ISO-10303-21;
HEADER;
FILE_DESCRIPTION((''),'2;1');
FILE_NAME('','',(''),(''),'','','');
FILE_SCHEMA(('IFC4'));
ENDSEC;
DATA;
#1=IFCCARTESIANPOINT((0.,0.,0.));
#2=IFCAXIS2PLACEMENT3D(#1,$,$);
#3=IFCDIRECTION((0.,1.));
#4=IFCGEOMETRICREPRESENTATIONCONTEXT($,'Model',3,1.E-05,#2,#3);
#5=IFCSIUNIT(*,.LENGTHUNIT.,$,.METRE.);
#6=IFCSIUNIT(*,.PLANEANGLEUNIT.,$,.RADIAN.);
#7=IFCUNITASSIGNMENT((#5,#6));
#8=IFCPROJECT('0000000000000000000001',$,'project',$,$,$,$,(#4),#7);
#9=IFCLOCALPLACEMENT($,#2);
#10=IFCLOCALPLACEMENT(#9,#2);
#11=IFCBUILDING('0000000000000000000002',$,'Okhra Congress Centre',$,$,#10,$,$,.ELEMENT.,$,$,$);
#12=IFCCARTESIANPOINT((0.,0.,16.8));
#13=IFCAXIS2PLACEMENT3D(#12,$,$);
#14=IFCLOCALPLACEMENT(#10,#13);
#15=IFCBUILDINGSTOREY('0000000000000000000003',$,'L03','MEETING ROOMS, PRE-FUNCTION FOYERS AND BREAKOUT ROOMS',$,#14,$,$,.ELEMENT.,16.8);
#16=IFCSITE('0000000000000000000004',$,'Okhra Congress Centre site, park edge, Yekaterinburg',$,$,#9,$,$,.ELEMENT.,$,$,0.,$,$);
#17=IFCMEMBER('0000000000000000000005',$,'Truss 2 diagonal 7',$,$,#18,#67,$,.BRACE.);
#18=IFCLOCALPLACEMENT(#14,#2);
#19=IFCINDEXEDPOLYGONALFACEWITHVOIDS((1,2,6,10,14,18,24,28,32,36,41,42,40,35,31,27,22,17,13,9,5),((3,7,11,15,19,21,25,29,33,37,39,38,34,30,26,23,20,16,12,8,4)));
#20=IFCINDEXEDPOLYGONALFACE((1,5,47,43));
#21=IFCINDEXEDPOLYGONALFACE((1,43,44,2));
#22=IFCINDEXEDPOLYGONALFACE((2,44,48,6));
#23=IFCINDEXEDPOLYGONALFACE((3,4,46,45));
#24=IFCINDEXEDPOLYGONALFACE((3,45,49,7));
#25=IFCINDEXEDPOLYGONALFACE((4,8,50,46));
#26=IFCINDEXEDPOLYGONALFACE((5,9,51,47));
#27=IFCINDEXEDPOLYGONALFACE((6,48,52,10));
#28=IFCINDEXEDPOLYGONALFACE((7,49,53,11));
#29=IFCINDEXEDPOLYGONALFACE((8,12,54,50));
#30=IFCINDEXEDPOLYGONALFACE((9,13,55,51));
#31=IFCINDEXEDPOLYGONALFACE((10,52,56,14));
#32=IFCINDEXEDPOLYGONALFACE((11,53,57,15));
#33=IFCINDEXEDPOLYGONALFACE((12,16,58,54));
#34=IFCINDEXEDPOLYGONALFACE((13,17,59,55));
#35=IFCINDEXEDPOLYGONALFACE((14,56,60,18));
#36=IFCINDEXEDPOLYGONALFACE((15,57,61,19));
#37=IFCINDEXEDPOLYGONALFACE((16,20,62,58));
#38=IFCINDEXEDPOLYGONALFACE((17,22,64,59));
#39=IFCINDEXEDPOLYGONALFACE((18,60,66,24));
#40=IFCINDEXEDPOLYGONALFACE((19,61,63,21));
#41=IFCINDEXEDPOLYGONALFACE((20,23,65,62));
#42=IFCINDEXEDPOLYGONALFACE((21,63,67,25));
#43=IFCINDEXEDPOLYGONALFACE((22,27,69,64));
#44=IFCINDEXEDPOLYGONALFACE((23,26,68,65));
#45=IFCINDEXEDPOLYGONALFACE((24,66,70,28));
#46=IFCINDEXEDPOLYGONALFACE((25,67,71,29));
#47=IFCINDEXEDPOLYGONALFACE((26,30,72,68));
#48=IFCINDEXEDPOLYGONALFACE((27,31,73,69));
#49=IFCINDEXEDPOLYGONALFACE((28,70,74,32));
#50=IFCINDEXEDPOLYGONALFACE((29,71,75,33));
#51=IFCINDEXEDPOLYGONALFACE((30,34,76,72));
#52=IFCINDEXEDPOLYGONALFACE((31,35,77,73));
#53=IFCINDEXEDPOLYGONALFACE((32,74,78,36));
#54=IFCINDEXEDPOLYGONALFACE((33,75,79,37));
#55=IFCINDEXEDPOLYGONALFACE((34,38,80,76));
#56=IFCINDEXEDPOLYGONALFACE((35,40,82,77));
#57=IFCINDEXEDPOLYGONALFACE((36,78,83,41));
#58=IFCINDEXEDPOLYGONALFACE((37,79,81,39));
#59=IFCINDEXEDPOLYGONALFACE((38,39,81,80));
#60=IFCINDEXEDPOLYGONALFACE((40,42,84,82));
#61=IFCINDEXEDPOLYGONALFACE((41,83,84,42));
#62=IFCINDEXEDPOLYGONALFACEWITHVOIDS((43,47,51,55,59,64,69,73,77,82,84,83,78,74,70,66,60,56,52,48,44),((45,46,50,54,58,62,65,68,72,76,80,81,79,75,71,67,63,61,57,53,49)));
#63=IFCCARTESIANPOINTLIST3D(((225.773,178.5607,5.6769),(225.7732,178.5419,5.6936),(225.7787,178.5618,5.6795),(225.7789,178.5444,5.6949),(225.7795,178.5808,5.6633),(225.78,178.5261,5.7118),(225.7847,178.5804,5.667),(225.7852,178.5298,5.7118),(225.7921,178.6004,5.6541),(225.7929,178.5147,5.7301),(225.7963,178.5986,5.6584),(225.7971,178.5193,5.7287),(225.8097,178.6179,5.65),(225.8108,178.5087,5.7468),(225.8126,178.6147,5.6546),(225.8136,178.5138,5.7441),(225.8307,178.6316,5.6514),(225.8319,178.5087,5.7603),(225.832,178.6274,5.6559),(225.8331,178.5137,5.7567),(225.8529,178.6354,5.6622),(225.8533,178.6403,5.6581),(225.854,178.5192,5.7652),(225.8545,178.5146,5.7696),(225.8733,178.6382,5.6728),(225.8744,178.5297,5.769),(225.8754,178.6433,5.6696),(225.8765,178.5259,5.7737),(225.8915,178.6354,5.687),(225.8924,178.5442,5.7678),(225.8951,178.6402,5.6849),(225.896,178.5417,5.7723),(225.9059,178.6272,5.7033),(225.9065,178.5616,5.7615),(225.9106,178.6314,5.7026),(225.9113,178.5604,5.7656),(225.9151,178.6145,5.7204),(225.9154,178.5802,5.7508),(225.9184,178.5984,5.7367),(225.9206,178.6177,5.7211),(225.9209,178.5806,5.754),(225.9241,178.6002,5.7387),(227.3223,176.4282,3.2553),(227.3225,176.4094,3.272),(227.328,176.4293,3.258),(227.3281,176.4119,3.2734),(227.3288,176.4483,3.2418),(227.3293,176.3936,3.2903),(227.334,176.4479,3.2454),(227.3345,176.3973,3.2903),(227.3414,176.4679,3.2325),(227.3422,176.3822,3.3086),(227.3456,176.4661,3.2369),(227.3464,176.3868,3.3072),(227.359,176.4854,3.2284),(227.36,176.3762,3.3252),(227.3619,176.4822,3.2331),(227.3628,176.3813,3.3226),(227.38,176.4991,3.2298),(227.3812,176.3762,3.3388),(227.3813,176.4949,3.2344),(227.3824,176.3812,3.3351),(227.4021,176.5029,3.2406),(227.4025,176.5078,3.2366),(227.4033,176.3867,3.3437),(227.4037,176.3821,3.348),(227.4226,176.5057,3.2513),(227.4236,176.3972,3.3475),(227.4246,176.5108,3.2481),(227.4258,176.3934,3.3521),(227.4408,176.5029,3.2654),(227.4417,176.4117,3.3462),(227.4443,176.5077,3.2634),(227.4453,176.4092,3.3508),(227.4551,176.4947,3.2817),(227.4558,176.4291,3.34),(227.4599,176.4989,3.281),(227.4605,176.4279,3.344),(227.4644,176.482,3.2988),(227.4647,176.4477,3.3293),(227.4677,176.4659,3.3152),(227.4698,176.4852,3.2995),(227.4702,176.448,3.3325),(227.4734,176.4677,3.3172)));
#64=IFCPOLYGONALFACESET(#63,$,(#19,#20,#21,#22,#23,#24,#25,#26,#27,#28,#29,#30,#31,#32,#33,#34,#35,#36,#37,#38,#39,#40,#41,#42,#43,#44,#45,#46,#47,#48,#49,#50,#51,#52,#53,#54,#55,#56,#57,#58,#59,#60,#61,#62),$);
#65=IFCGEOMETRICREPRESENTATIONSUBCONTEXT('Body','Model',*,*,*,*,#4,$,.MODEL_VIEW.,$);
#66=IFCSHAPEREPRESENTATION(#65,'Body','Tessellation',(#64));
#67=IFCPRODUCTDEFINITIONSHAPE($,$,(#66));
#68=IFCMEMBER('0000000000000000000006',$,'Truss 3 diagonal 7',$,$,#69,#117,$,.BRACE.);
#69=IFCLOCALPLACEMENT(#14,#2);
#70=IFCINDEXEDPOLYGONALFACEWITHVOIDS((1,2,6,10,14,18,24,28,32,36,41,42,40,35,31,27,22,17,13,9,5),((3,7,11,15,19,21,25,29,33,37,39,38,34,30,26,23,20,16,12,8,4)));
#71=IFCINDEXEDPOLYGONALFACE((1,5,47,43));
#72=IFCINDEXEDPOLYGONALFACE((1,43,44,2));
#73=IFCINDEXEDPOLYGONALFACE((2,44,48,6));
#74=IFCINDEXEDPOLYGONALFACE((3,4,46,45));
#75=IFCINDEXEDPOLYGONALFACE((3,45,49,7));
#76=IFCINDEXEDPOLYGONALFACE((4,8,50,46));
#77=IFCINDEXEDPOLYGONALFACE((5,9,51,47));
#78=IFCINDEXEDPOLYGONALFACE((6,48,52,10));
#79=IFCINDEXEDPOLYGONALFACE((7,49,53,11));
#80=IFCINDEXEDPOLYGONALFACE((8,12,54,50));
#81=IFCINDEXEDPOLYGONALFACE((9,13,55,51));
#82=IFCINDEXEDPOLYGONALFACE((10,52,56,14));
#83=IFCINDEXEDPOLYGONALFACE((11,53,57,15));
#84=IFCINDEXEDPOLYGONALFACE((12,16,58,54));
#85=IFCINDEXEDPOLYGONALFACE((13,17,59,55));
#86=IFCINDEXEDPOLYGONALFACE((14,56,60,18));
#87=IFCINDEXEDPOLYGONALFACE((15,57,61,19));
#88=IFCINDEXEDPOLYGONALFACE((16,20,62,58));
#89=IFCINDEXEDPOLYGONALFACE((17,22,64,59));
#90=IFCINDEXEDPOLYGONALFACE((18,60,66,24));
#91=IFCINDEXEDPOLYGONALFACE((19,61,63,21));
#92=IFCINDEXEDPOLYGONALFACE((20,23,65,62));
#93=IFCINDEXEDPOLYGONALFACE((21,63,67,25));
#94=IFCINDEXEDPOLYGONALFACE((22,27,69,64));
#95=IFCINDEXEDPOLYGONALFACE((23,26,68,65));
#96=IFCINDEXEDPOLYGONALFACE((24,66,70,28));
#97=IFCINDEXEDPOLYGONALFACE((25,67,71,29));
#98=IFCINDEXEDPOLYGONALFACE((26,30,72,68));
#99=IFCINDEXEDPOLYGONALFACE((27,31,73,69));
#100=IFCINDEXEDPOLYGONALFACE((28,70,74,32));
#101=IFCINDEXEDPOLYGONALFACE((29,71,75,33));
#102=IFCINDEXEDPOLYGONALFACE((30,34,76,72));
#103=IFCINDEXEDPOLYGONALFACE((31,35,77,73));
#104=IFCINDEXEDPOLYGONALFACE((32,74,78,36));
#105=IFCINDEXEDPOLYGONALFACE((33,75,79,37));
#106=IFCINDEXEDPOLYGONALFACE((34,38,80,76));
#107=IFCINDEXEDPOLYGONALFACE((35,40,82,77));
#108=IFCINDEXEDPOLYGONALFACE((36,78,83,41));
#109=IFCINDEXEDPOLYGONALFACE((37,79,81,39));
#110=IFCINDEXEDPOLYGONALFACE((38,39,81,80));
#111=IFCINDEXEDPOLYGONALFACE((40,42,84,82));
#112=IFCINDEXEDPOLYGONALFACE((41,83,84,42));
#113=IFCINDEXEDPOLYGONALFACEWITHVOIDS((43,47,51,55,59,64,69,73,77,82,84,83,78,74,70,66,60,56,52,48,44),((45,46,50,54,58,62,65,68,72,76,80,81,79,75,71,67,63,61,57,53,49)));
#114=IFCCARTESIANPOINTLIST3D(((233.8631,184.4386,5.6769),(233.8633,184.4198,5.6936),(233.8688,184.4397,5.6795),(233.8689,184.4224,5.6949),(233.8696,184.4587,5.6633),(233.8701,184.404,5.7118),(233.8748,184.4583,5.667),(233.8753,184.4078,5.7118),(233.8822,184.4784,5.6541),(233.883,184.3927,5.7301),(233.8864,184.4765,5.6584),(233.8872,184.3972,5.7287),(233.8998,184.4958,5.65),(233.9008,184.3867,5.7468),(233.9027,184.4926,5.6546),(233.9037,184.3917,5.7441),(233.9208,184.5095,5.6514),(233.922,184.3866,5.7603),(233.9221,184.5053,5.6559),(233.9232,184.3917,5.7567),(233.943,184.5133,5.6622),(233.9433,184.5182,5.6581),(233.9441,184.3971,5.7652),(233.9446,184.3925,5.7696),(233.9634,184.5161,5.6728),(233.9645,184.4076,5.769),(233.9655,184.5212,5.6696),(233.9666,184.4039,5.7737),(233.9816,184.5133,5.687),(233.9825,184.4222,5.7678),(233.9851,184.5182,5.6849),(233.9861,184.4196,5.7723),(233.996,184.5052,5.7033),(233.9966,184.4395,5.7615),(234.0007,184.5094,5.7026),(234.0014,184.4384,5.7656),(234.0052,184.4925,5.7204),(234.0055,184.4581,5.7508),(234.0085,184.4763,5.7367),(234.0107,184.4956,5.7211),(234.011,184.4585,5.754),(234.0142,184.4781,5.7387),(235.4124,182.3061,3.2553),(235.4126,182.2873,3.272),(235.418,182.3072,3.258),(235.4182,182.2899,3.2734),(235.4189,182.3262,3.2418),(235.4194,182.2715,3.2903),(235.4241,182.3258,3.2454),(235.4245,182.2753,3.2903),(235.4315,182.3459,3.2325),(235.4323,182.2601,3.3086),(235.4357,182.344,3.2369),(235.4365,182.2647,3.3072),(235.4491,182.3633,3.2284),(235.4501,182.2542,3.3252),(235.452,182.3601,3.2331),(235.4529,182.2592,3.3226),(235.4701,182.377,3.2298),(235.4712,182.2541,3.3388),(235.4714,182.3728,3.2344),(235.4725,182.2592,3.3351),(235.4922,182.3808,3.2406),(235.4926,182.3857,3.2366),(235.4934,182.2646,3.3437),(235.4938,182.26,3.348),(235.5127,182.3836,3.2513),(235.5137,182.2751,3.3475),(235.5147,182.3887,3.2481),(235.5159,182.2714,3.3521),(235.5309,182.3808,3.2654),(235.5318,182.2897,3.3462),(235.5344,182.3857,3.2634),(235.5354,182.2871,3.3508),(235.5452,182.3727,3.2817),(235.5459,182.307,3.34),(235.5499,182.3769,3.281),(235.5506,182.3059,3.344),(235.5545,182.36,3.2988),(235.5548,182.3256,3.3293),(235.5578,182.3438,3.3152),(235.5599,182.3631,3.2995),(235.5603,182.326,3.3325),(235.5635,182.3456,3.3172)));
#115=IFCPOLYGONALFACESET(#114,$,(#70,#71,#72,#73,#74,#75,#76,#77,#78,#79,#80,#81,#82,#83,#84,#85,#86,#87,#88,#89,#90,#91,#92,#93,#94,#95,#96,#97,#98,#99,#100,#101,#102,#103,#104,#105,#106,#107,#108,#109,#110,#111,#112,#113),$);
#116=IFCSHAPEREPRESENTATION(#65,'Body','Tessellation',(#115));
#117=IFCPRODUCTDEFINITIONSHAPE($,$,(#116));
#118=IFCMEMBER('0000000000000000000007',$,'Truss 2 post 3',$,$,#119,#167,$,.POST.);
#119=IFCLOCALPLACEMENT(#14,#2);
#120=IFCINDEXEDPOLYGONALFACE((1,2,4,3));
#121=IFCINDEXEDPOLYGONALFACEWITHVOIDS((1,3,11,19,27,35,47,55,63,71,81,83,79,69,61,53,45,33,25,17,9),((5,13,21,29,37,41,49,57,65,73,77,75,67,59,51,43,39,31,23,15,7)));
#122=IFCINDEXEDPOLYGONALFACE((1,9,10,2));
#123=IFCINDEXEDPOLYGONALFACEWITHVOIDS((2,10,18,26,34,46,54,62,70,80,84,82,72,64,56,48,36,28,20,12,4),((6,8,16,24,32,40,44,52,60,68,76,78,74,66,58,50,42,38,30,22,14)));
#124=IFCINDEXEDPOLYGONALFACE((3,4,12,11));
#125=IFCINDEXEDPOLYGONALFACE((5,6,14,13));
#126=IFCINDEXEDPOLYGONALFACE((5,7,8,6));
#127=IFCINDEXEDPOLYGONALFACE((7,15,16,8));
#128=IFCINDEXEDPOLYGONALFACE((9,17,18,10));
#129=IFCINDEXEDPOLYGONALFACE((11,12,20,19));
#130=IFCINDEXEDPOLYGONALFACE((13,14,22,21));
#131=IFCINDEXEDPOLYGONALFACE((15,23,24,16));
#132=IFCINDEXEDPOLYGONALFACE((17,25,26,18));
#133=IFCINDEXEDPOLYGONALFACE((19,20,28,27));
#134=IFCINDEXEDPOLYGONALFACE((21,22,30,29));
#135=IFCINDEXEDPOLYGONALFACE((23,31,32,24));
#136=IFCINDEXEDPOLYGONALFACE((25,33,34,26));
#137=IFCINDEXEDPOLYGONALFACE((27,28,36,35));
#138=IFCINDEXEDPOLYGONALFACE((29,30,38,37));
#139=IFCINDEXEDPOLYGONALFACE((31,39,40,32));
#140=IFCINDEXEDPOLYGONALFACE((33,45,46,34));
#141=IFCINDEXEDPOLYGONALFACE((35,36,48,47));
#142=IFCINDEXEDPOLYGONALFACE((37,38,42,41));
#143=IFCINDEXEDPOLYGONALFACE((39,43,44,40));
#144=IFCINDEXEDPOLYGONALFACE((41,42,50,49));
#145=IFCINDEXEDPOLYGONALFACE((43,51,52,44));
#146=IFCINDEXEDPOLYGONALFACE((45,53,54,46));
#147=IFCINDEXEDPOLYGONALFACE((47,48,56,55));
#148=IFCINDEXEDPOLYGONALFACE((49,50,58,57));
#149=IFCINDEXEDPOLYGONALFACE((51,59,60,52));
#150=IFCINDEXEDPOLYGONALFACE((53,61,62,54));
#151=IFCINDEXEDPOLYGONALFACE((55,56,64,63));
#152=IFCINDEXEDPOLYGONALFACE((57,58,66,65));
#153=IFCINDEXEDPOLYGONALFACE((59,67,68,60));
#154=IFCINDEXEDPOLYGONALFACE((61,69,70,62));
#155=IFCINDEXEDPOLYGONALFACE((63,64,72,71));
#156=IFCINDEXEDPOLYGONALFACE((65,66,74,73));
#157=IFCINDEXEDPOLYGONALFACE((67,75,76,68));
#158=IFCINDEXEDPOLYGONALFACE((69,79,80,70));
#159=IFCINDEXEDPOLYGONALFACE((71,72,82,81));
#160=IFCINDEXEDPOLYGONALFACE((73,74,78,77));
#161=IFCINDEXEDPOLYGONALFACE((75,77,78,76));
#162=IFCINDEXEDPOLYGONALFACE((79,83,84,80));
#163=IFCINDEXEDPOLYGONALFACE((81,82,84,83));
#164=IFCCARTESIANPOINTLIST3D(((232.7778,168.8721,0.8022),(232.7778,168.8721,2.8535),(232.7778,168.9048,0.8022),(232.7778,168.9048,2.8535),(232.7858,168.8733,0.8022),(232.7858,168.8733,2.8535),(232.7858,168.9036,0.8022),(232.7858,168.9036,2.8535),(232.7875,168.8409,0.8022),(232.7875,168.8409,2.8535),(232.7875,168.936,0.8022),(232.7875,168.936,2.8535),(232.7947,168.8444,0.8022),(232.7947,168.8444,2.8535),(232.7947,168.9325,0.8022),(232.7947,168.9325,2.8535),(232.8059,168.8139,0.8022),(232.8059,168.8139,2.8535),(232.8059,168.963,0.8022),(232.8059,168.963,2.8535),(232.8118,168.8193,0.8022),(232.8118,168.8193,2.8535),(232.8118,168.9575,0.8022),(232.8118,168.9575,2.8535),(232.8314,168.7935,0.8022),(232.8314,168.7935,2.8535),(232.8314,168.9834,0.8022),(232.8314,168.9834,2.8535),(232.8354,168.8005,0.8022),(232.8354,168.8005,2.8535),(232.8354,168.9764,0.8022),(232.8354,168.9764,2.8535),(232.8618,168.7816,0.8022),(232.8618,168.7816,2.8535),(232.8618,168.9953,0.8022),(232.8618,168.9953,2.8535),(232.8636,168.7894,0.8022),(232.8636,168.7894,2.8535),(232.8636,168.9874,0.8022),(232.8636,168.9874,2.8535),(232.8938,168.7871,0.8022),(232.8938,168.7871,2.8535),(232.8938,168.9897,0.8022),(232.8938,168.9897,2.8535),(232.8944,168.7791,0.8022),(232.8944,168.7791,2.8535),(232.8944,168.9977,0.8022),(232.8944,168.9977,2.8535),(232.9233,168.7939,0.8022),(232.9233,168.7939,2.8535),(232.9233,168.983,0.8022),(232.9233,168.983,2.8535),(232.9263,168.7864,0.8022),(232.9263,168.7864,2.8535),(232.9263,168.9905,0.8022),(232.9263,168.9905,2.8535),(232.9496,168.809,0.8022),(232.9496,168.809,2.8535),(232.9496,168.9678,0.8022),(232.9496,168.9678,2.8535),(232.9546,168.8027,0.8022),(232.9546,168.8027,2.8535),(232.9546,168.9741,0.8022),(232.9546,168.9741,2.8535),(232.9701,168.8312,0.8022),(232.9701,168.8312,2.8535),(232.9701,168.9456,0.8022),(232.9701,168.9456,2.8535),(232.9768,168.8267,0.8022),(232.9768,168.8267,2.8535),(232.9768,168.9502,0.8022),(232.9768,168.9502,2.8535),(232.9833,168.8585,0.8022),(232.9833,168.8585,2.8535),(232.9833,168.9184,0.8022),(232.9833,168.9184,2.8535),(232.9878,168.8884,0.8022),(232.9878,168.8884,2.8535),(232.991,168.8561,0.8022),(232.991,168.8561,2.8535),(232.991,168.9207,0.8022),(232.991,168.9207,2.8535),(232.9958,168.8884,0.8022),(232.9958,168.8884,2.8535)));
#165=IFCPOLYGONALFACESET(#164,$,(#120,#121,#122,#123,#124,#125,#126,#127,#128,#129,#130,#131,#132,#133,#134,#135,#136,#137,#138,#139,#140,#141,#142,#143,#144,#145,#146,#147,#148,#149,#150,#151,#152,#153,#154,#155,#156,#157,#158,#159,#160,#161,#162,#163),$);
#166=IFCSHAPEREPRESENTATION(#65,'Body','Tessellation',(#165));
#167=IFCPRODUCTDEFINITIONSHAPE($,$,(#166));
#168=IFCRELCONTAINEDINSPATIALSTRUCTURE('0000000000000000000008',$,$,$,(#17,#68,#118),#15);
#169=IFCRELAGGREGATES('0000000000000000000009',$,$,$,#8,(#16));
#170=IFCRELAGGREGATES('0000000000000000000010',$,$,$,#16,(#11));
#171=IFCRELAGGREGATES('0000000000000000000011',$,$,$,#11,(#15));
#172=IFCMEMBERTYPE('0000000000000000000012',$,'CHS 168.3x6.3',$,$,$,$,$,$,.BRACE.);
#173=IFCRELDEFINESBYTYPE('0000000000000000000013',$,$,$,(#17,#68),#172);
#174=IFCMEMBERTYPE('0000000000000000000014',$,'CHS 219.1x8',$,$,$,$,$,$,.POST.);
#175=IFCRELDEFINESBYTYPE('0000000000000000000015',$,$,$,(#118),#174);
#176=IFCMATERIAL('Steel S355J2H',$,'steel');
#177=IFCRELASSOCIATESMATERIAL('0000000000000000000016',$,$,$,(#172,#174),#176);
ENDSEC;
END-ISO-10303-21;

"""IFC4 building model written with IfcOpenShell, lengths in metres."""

from ifc_helpers import new_model, si_unit, direction, frame, origin, origin_2d, place, context, subcontext, project, spatial, hollow_circle, extrude, material, material_profile, profile_set, type_object, element, save


model = new_model("IFC4")

# Units and contexts
model_context = context("Model", 3, precision=1e-05, world=origin(), true_north=direction((0.0, 1.0)))
body_context = subcontext(model_context, "Body", "Model", "MODEL_VIEW")
ifc_project = project(units=[si_unit("LENGTHUNIT", "METRE"), si_unit("PLANEANGLEUNIT", "RADIAN")], contexts=[model_context])

# Site, building, storey
site_placement = place(None, origin())
site = spatial("IfcSite", under=ifc_project, at=site_placement, Name="Okhra Congress Centre site, park edge, Yekaterinburg", CompositionType="ELEMENT", RefElevation=0.0)
building_placement = place(site_placement, origin())
building = spatial("IfcBuilding", under=site, at=building_placement, Name="Okhra Congress Centre", CompositionType="ELEMENT")
storey_placement = place(building_placement, frame((0.0, 0.0, 16.8)))
storey = spatial("IfcBuildingStorey", under=building, at=storey_placement, Name="L03", Description="MEETING ROOMS, PRE-FUNCTION FOYERS AND BREAKOUT ROOMS", CompositionType="ELEMENT", Elevation=16.8)

# Members
ifc_material_1 = material(Name="Steel S355J2H", Category="steel")
ifc_material_profile_1 = material_profile(ifc_material_1, hollow_circle(Radius=0.0842, WallThickness=0.0063, at=origin_2d()), Name="CHS 168.3x6.3")
ifc_profile_set_1 = profile_set([ifc_material_profile_1], Name="Steel S355J2H")
member_type_1 = type_object("IfcMemberType", Name="CHS 168.3x6.3", PredefinedType="BRACE", material=ifc_profile_set_1)
for number, where, z_axis, x_axis, name in (
    (1, (227.3975, 176.4431, 3.2903), (-0.432835, 0.59578, 0.676535), (-0.809032, -0.587764, 0.0), "Truss 2 diagonal 7"),
    (2, (235.4875, 182.321, 3.2903), (-0.432835, 0.59578, 0.676535), (-0.809032, -0.587764, 0.0), "Truss 3 diagonal 7"),
):
    element("IfcMember", number, at=place(storey_placement, frame(where, z_axis=z_axis, x_axis=x_axis)), inside=storey, type_object=member_type_1, Name=name, PredefinedType="BRACE", context=body_context, shape_type="SweptSolid", body=[
        extrude(hollow_circle(Radius=0.0842, WallThickness=0.0063, at=origin_2d()), origin(), (0.0, 0.0, 1.0), 3.5793),
    ])
ifc_material_profile_2 = material_profile(ifc_material_1, hollow_circle(Radius=0.1096, WallThickness=0.0081, at=origin_2d()), Name="CHS 219.1x8")
ifc_profile_set_2 = profile_set([ifc_material_profile_2], Name="Steel S355J2H")
member_type_2 = type_object("IfcMemberType", Name="CHS 219.1x8", PredefinedType="POST", material=ifc_profile_set_2)
member_1_placement = place(storey_placement, frame((232.8862, 168.8884, 0.8022), z_axis=(0.0, 0.0, 1.0), x_axis=(1.0, 0.0, 0.0)))
element("IfcMember", 3, at=member_1_placement, inside=storey, type_object=member_type_2, Name="Truss 2 post 3", PredefinedType="POST", context=body_context, shape_type="SweptSolid", body=[
    extrude(hollow_circle(Radius=0.1096, WallThickness=0.0081, at=origin_2d()), origin(), (0.0, 0.0, 1.0), 2.0513),
])

save(model, "model.ifc")
